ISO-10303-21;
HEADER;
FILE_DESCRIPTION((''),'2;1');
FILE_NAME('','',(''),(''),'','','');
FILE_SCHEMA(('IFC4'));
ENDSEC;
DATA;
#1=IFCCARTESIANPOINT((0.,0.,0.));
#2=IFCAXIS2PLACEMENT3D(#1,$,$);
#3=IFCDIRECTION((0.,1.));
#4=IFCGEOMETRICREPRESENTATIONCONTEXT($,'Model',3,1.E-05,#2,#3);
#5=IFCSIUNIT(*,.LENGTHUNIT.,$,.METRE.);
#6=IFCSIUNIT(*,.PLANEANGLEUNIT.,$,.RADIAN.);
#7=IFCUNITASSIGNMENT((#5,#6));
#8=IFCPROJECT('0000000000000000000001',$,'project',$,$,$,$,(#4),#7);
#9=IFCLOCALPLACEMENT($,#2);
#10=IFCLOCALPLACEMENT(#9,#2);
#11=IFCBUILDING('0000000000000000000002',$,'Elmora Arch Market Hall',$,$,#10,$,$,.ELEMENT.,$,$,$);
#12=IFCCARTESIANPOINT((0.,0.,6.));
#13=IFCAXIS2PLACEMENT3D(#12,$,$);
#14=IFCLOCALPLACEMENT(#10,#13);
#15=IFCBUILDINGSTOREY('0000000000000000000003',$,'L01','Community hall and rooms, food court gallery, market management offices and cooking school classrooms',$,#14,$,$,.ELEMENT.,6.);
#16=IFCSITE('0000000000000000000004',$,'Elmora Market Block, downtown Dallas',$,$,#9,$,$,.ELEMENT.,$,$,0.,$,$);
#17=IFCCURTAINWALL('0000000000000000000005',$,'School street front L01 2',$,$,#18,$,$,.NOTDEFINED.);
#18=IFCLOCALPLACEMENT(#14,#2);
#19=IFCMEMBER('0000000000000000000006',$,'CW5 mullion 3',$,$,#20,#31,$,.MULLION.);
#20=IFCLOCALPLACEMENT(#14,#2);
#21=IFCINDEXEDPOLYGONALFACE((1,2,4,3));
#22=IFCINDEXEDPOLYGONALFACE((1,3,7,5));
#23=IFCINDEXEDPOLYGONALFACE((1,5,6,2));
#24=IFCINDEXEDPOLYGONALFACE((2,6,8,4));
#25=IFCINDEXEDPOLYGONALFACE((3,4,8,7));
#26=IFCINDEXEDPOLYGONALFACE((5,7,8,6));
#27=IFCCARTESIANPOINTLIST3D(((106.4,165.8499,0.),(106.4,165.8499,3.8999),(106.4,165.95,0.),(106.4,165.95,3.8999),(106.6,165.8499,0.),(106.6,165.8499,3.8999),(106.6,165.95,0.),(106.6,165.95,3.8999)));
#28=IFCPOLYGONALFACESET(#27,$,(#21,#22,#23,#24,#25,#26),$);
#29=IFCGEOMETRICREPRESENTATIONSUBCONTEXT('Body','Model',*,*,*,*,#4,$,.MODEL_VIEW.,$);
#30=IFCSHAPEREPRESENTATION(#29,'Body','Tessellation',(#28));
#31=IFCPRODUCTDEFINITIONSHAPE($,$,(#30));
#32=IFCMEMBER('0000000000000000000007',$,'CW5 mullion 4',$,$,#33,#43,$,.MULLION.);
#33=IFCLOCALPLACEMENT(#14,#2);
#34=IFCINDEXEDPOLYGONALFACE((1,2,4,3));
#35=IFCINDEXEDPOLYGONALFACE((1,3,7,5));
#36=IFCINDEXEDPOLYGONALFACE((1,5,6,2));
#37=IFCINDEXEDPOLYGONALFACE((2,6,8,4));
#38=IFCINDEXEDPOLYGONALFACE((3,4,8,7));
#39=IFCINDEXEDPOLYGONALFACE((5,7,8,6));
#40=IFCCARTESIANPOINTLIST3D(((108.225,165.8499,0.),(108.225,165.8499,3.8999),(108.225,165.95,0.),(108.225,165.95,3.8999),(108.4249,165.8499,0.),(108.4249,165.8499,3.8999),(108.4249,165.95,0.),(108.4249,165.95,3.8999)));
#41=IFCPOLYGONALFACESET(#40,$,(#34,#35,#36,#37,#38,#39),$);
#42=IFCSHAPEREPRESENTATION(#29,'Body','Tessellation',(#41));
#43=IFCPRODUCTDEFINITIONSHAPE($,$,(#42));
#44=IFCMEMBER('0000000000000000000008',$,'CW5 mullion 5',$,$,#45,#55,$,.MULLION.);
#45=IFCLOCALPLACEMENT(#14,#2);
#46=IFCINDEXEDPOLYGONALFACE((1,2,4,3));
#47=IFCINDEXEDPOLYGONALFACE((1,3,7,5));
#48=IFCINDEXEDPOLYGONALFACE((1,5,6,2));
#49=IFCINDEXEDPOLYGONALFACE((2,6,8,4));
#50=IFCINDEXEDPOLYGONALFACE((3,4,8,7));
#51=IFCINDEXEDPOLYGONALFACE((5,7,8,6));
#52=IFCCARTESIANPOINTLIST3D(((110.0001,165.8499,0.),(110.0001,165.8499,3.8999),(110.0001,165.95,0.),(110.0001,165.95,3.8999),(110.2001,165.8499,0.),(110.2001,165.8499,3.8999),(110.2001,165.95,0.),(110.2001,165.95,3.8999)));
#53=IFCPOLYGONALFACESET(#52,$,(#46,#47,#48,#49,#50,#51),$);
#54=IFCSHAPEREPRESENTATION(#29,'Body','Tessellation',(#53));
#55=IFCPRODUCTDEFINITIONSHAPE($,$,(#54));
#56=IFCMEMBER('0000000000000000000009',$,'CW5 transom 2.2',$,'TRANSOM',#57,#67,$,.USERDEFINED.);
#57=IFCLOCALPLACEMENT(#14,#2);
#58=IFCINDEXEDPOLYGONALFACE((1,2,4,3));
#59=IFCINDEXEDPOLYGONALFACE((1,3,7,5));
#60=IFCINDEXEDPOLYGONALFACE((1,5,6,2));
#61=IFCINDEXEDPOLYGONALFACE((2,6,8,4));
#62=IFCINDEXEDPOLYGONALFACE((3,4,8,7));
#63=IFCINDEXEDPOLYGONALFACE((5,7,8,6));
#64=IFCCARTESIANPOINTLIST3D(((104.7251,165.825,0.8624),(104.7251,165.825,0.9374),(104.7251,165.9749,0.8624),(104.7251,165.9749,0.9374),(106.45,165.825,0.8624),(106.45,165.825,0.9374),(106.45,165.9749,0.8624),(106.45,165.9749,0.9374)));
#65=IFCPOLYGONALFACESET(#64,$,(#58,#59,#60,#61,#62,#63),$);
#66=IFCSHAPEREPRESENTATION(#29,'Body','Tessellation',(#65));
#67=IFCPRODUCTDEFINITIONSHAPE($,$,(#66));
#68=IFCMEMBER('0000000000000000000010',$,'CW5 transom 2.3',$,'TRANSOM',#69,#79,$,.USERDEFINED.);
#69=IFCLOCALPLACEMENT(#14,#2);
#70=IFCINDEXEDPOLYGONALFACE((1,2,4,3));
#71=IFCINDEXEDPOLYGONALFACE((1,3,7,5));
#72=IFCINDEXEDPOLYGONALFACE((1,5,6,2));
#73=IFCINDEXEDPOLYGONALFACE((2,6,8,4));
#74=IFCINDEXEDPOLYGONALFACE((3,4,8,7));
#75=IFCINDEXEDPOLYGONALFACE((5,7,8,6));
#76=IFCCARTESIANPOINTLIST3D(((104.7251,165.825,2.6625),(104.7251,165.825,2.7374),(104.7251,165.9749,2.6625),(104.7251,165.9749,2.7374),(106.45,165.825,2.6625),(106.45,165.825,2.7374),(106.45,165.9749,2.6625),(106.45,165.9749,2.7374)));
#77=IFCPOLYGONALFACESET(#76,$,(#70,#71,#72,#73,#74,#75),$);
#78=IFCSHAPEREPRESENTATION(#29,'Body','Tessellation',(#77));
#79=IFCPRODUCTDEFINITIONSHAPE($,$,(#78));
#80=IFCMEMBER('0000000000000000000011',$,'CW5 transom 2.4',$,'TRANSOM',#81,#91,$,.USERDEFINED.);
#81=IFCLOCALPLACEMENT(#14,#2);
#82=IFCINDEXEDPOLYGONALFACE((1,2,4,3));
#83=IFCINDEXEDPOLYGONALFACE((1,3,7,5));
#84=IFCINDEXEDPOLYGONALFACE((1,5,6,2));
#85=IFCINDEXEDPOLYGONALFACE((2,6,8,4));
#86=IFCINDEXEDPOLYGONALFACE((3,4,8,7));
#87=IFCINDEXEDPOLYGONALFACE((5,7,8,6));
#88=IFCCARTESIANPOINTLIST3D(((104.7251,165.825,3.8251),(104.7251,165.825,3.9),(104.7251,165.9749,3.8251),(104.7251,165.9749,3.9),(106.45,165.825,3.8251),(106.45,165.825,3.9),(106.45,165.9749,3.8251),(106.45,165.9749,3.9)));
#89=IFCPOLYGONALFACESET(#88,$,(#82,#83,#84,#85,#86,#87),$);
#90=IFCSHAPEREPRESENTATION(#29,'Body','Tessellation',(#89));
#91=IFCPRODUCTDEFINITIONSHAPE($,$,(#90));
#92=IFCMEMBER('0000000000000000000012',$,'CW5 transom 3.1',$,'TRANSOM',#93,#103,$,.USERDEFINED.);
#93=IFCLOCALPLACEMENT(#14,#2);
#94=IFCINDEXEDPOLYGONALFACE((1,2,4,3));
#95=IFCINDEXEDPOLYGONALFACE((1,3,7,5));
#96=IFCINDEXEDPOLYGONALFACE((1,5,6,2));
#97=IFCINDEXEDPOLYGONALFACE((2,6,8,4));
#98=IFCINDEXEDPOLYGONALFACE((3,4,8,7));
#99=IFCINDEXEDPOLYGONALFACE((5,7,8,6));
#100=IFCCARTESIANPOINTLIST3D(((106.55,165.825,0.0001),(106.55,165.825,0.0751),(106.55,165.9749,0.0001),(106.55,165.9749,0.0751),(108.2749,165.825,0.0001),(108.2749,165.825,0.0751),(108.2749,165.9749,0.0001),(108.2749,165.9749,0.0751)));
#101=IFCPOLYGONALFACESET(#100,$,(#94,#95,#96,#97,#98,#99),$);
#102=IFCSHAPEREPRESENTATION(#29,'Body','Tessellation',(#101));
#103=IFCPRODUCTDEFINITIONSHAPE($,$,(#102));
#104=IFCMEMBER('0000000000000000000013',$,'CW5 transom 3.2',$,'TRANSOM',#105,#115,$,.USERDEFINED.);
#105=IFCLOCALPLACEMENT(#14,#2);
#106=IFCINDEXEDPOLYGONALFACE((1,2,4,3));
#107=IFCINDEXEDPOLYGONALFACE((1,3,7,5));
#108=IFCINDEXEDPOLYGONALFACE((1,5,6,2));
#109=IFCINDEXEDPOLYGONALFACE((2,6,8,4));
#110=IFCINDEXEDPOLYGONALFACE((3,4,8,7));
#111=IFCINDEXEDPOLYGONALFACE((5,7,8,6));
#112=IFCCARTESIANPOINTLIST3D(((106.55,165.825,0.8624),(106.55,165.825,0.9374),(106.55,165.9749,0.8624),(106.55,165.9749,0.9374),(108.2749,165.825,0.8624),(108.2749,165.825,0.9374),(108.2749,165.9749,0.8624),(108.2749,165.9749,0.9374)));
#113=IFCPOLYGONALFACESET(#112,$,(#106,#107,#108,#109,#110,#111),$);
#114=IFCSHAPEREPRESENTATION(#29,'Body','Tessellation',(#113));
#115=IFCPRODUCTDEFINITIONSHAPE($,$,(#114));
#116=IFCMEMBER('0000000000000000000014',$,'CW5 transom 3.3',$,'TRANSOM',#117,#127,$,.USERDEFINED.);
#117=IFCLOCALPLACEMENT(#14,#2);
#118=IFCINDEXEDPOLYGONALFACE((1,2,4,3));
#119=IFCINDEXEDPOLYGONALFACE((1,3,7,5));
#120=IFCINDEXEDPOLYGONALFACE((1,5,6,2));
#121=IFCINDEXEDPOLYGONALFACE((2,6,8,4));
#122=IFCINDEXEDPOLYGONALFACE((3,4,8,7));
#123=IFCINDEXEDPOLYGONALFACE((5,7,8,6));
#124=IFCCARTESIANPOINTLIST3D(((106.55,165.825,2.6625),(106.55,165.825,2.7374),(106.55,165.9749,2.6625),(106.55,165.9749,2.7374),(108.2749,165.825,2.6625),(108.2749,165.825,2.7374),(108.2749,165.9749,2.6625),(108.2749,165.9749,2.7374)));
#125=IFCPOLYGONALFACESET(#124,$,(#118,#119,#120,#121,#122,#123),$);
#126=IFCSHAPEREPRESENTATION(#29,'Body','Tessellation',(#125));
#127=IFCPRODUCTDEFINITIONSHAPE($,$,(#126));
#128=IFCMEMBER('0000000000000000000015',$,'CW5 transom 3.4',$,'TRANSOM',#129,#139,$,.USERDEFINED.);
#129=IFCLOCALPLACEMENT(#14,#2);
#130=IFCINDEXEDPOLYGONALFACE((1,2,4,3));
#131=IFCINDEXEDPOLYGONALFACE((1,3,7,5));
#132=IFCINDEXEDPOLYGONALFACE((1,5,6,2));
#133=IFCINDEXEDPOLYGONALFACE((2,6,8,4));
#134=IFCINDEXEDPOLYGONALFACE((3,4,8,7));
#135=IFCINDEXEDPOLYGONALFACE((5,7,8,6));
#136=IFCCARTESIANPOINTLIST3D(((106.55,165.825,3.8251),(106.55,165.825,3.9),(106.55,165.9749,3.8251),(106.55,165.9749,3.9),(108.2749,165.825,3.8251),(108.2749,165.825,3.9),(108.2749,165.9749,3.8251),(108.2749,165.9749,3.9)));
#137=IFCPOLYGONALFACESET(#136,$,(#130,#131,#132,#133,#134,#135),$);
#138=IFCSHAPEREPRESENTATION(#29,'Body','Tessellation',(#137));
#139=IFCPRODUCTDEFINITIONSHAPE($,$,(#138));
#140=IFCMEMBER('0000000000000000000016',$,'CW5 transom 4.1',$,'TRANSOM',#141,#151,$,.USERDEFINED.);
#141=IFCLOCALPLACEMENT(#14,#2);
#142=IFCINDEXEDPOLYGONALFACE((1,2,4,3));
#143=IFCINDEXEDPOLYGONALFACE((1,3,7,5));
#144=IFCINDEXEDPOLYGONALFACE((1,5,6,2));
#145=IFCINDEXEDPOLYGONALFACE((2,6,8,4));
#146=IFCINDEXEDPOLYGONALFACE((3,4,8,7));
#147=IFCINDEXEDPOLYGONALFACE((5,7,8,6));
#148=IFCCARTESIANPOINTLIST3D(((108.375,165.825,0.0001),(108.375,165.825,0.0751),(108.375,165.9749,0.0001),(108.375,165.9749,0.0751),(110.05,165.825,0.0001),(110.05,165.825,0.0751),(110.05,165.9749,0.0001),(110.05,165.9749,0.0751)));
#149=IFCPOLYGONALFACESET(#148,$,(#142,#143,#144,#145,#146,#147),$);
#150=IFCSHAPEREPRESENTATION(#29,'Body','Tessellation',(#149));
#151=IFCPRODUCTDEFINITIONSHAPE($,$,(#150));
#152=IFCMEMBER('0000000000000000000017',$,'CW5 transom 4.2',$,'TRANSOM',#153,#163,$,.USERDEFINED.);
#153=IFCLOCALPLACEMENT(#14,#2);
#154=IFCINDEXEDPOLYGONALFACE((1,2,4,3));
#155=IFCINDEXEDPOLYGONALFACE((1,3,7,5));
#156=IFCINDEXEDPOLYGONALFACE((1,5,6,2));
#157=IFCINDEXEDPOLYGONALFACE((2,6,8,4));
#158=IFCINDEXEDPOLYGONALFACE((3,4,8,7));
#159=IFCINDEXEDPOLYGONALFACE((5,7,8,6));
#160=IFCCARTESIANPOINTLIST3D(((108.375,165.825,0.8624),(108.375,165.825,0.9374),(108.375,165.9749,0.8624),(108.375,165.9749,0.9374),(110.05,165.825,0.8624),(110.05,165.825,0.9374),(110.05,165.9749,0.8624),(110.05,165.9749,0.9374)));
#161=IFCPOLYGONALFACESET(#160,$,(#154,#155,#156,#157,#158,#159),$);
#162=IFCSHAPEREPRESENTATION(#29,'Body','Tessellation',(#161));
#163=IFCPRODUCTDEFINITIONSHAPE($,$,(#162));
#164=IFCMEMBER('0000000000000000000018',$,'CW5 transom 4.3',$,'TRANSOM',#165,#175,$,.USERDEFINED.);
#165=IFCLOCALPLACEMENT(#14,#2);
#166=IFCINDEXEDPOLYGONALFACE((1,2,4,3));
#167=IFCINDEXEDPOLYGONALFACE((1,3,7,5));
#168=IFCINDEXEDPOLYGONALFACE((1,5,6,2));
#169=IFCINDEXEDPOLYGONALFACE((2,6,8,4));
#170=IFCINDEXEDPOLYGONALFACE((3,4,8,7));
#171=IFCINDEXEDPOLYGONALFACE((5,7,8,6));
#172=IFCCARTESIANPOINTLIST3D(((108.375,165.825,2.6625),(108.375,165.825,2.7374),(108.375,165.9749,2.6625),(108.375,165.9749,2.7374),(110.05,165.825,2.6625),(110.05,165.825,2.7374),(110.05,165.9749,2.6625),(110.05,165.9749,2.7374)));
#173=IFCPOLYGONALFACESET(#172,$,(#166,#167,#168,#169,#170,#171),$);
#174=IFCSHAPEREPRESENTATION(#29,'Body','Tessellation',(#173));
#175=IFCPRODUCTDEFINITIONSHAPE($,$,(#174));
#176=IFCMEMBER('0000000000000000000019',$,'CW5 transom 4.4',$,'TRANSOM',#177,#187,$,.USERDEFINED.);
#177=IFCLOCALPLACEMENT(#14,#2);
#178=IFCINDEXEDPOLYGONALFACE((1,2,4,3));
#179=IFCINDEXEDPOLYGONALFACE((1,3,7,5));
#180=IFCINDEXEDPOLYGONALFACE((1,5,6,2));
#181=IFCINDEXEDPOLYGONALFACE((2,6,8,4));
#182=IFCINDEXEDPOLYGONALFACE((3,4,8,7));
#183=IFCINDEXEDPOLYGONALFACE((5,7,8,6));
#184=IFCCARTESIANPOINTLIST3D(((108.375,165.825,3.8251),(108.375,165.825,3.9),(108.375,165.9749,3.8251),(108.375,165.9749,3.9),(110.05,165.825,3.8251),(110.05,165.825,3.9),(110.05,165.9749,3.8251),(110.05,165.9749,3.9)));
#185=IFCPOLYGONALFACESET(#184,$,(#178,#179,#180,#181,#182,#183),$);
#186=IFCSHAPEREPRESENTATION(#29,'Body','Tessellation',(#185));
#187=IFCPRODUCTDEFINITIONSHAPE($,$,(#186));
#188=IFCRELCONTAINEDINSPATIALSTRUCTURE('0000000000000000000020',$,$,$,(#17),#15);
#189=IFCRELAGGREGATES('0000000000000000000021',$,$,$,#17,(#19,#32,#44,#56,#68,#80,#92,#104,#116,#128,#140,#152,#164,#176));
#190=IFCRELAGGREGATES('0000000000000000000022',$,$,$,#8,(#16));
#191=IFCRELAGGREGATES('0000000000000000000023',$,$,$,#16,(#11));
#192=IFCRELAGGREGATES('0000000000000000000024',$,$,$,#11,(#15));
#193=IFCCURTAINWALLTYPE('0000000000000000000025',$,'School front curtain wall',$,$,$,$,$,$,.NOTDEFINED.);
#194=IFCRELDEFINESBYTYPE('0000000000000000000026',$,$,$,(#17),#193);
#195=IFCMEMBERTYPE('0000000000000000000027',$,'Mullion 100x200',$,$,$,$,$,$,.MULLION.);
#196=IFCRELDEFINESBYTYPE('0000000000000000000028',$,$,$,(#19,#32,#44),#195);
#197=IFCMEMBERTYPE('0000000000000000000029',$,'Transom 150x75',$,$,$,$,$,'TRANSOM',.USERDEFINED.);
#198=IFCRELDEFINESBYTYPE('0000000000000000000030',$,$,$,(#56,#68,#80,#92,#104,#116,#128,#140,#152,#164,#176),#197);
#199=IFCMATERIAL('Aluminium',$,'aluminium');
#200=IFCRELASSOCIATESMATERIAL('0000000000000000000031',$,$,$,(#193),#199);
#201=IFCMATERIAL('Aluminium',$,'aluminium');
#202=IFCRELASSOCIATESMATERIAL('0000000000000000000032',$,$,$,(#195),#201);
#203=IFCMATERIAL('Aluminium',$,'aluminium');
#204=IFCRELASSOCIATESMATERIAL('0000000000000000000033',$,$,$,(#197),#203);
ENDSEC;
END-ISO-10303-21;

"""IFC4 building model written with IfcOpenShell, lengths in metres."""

from ifc_helpers import new_model, si_unit, direction, frame, origin, origin_2d, place, context, subcontext, project, spatial, rectangle, extrude, material, material_profile, profile_set, type_object, element, aggregate, save


model = new_model("IFC4")

# Units and contexts
model_context = context("Model", 3, precision=1e-05, world=origin(), true_north=direction((0.0, 1.0)))
body_context = subcontext(model_context, "Body", "Model", "MODEL_VIEW")
ifc_project = project(units=[si_unit("LENGTHUNIT", "METRE"), si_unit("PLANEANGLEUNIT", "RADIAN")], contexts=[model_context])

# Site, building, storey
site_placement = place(None, origin())
site = spatial("IfcSite", under=ifc_project, at=site_placement, Name="Elmora Market Block, downtown Dallas", CompositionType="ELEMENT", RefElevation=0.0)
building_placement = place(site_placement, origin())
building = spatial("IfcBuilding", under=site, at=building_placement, Name="Elmora Arch Market Hall", CompositionType="ELEMENT")
storey_placement = place(building_placement, frame((0.0, 0.0, 6.0)))
storey = spatial("IfcBuildingStorey", under=building, at=storey_placement, Name="L01", Description="Community hall and rooms, food court gallery, market management offices and cooking school classrooms", CompositionType="ELEMENT", Elevation=6.0)

# Curtain wall, members
ifc_material_1 = material(Name="Aluminium", Category="aluminium")
curtain_wall_type = type_object("IfcCurtainWallType", Name="School front curtain wall", PredefinedType="NOTDEFINED", material=ifc_material_1)
curtain_wall_placement = place(storey_placement, origin())
curtain_wall = element("IfcCurtainWall", 1, at=curtain_wall_placement, inside=storey, type_object=curtain_wall_type, Name="School street front L01 2", PredefinedType="NOTDEFINED")
ifc_material_2 = material(Name="Aluminium", Category="aluminium")
ifc_material_profile_1 = material_profile(ifc_material_2, rectangle(XDim=0.1001, YDim=0.2, at=origin_2d()), Name="AL 100x200")
ifc_profile_set_1 = profile_set([ifc_material_profile_1], Name="Aluminium")
member_type_1 = type_object("IfcMemberType", Name="Mullion 100x200", PredefinedType="MULLION", material=ifc_profile_set_1)
member_1_placement = place(storey_placement, frame((106.5, 165.8999, 0.0), z_axis=(0.0, 0.0, 1.0), x_axis=(0.0, 1.0, 0.0)))
member_1 = element("IfcMember", 2, at=member_1_placement, type_object=member_type_1, Name="CW5 mullion 3", PredefinedType="MULLION", context=body_context, shape_type="SweptSolid", body=[
    extrude(rectangle(XDim=0.1001, YDim=0.2, at=origin_2d()), origin(), (0.0, 0.0, 1.0), 3.8999),
])
member_2_placement = place(storey_placement, frame((108.325, 165.8999, 0.0), z_axis=(0.0, 0.0, 1.0), x_axis=(0.0, 1.0, 0.0)))
member_2 = element("IfcMember", 3, at=member_2_placement, type_object=member_type_1, Name="CW5 mullion 4", PredefinedType="MULLION", context=body_context, shape_type="SweptSolid", body=[
    extrude(rectangle(XDim=0.1001, YDim=0.2, at=origin_2d()), origin(), (0.0, 0.0, 1.0), 3.8999),
])
member_3_placement = place(storey_placement, frame((110.1001, 165.8999, 0.0), z_axis=(0.0, 0.0, 1.0), x_axis=(0.0, 1.0, 0.0)))
member_3 = element("IfcMember", 4, at=member_3_placement, type_object=member_type_1, Name="CW5 mullion 5", PredefinedType="MULLION", context=body_context, shape_type="SweptSolid", body=[
    extrude(rectangle(XDim=0.1001, YDim=0.2, at=origin_2d()), origin(), (0.0, 0.0, 1.0), 3.8999),
])
ifc_material_3 = material(Name="Aluminium", Category="aluminium")
ifc_material_profile_2 = material_profile(ifc_material_3, rectangle(XDim=0.1499, YDim=0.075, at=origin_2d()), Name="AL 150x75")
ifc_profile_set_2 = profile_set([ifc_material_profile_2], Name="Aluminium")
member_type_2 = type_object("IfcMemberType", Name="Transom 150x75", ElementType="TRANSOM", PredefinedType="USERDEFINED", material=ifc_profile_set_2)
member_4_placement = place(storey_placement, frame((104.7251, 165.8999, 0.8999), z_axis=(1.0, 0.0, 0.0), x_axis=(0.0, 1.0, 0.0)))
member_4 = element("IfcMember", 5, at=member_4_placement, type_object=member_type_2, Name="CW5 transom 2.2", ObjectType="TRANSOM", PredefinedType="USERDEFINED", context=body_context, shape_type="SweptSolid", body=[
    extrude(rectangle(XDim=0.1499, YDim=0.075, at=origin_2d()), origin(), (0.0, 0.0, 1.0), 1.7249),
])
member_5_placement = place(storey_placement, frame((104.7251, 165.8999, 2.7), z_axis=(1.0, 0.0, 0.0), x_axis=(0.0, 1.0, 0.0)))
member_5 = element("IfcMember", 6, at=member_5_placement, type_object=member_type_2, Name="CW5 transom 2.3", ObjectType="TRANSOM", PredefinedType="USERDEFINED", context=body_context, shape_type="SweptSolid", body=[
    extrude(rectangle(XDim=0.1499, YDim=0.075, at=origin_2d()), origin(), (0.0, 0.0, 1.0), 1.7249),
])
member_6_placement = place(storey_placement, frame((104.7251, 165.8999, 3.8625), z_axis=(1.0, 0.0, 0.0), x_axis=(0.0, 1.0, 0.0)))
member_6 = element("IfcMember", 7, at=member_6_placement, type_object=member_type_2, Name="CW5 transom 2.4", ObjectType="TRANSOM", PredefinedType="USERDEFINED", context=body_context, shape_type="SweptSolid", body=[
    extrude(rectangle(XDim=0.1499, YDim=0.075, at=origin_2d()), origin(), (0.0, 0.0, 1.0), 1.7249),
])
member_7_placement = place(storey_placement, frame((106.55, 165.8999, 0.0376), z_axis=(1.0, 0.0, 0.0), x_axis=(0.0, 1.0, 0.0)))
member_7 = element("IfcMember", 8, at=member_7_placement, type_object=member_type_2, Name="CW5 transom 3.1", ObjectType="TRANSOM", PredefinedType="USERDEFINED", context=body_context, shape_type="SweptSolid", body=[
    extrude(rectangle(XDim=0.1499, YDim=0.075, at=origin_2d()), origin(), (0.0, 0.0, 1.0), 1.7249),
])
member_8_placement = place(storey_placement, frame((106.55, 165.8999, 0.8999), z_axis=(1.0, 0.0, 0.0), x_axis=(0.0, 1.0, 0.0)))
member_8 = element("IfcMember", 9, at=member_8_placement, type_object=member_type_2, Name="CW5 transom 3.2", ObjectType="TRANSOM", PredefinedType="USERDEFINED", context=body_context, shape_type="SweptSolid", body=[
    extrude(rectangle(XDim=0.1499, YDim=0.075, at=origin_2d()), origin(), (0.0, 0.0, 1.0), 1.7249),
])
member_9_placement = place(storey_placement, frame((106.55, 165.8999, 2.7), z_axis=(1.0, 0.0, 0.0), x_axis=(0.0, 1.0, 0.0)))
member_9 = element("IfcMember", 10, at=member_9_placement, type_object=member_type_2, Name="CW5 transom 3.3", ObjectType="TRANSOM", PredefinedType="USERDEFINED", context=body_context, shape_type="SweptSolid", body=[
    extrude(rectangle(XDim=0.1499, YDim=0.075, at=origin_2d()), origin(), (0.0, 0.0, 1.0), 1.7249),
])
member_10_placement = place(storey_placement, frame((106.55, 165.8999, 3.8625), z_axis=(1.0, 0.0, 0.0), x_axis=(0.0, 1.0, 0.0)))
member_10 = element("IfcMember", 11, at=member_10_placement, type_object=member_type_2, Name="CW5 transom 3.4", ObjectType="TRANSOM", PredefinedType="USERDEFINED", context=body_context, shape_type="SweptSolid", body=[
    extrude(rectangle(XDim=0.1499, YDim=0.075, at=origin_2d()), origin(), (0.0, 0.0, 1.0), 1.7249),
])
member_11_placement = place(storey_placement, frame((108.375, 165.8999, 0.0376), z_axis=(1.0, 0.0, 0.0), x_axis=(0.0, 1.0, 0.0)))
member_11 = element("IfcMember", 12, at=member_11_placement, type_object=member_type_2, Name="CW5 transom 4.1", ObjectType="TRANSOM", PredefinedType="USERDEFINED", context=body_context, shape_type="SweptSolid", body=[
    extrude(rectangle(XDim=0.1499, YDim=0.075, at=origin_2d()), origin(), (0.0, 0.0, 1.0), 1.675),
])
member_12_placement = place(storey_placement, frame((108.375, 165.8999, 0.8999), z_axis=(1.0, 0.0, 0.0), x_axis=(0.0, 1.0, 0.0)))
member_12 = element("IfcMember", 13, at=member_12_placement, type_object=member_type_2, Name="CW5 transom 4.2", ObjectType="TRANSOM", PredefinedType="USERDEFINED", context=body_context, shape_type="SweptSolid", body=[
    extrude(rectangle(XDim=0.1499, YDim=0.075, at=origin_2d()), origin(), (0.0, 0.0, 1.0), 1.675),
])
member_13_placement = place(storey_placement, frame((108.375, 165.8999, 2.7), z_axis=(1.0, 0.0, 0.0), x_axis=(0.0, 1.0, 0.0)))
member_13 = element("IfcMember", 14, at=member_13_placement, type_object=member_type_2, Name="CW5 transom 4.3", ObjectType="TRANSOM", PredefinedType="USERDEFINED", context=body_context, shape_type="SweptSolid", body=[
    extrude(rectangle(XDim=0.1499, YDim=0.075, at=origin_2d()), origin(), (0.0, 0.0, 1.0), 1.675),
])
member_14_placement = place(storey_placement, frame((108.375, 165.8999, 3.8625), z_axis=(1.0, 0.0, 0.0), x_axis=(0.0, 1.0, 0.0)))
member_14 = element("IfcMember", 15, at=member_14_placement, type_object=member_type_2, Name="CW5 transom 4.4", ObjectType="TRANSOM", PredefinedType="USERDEFINED", context=body_context, shape_type="SweptSolid", body=[
    extrude(rectangle(XDim=0.1499, YDim=0.075, at=origin_2d()), origin(), (0.0, 0.0, 1.0), 1.675),
])
aggregate(curtain_wall, [member_1, member_2, member_3, member_4, member_5, member_6, member_7, member_8, member_9, member_10, member_11, member_12, member_13, member_14])

save(model, "model.ifc")
